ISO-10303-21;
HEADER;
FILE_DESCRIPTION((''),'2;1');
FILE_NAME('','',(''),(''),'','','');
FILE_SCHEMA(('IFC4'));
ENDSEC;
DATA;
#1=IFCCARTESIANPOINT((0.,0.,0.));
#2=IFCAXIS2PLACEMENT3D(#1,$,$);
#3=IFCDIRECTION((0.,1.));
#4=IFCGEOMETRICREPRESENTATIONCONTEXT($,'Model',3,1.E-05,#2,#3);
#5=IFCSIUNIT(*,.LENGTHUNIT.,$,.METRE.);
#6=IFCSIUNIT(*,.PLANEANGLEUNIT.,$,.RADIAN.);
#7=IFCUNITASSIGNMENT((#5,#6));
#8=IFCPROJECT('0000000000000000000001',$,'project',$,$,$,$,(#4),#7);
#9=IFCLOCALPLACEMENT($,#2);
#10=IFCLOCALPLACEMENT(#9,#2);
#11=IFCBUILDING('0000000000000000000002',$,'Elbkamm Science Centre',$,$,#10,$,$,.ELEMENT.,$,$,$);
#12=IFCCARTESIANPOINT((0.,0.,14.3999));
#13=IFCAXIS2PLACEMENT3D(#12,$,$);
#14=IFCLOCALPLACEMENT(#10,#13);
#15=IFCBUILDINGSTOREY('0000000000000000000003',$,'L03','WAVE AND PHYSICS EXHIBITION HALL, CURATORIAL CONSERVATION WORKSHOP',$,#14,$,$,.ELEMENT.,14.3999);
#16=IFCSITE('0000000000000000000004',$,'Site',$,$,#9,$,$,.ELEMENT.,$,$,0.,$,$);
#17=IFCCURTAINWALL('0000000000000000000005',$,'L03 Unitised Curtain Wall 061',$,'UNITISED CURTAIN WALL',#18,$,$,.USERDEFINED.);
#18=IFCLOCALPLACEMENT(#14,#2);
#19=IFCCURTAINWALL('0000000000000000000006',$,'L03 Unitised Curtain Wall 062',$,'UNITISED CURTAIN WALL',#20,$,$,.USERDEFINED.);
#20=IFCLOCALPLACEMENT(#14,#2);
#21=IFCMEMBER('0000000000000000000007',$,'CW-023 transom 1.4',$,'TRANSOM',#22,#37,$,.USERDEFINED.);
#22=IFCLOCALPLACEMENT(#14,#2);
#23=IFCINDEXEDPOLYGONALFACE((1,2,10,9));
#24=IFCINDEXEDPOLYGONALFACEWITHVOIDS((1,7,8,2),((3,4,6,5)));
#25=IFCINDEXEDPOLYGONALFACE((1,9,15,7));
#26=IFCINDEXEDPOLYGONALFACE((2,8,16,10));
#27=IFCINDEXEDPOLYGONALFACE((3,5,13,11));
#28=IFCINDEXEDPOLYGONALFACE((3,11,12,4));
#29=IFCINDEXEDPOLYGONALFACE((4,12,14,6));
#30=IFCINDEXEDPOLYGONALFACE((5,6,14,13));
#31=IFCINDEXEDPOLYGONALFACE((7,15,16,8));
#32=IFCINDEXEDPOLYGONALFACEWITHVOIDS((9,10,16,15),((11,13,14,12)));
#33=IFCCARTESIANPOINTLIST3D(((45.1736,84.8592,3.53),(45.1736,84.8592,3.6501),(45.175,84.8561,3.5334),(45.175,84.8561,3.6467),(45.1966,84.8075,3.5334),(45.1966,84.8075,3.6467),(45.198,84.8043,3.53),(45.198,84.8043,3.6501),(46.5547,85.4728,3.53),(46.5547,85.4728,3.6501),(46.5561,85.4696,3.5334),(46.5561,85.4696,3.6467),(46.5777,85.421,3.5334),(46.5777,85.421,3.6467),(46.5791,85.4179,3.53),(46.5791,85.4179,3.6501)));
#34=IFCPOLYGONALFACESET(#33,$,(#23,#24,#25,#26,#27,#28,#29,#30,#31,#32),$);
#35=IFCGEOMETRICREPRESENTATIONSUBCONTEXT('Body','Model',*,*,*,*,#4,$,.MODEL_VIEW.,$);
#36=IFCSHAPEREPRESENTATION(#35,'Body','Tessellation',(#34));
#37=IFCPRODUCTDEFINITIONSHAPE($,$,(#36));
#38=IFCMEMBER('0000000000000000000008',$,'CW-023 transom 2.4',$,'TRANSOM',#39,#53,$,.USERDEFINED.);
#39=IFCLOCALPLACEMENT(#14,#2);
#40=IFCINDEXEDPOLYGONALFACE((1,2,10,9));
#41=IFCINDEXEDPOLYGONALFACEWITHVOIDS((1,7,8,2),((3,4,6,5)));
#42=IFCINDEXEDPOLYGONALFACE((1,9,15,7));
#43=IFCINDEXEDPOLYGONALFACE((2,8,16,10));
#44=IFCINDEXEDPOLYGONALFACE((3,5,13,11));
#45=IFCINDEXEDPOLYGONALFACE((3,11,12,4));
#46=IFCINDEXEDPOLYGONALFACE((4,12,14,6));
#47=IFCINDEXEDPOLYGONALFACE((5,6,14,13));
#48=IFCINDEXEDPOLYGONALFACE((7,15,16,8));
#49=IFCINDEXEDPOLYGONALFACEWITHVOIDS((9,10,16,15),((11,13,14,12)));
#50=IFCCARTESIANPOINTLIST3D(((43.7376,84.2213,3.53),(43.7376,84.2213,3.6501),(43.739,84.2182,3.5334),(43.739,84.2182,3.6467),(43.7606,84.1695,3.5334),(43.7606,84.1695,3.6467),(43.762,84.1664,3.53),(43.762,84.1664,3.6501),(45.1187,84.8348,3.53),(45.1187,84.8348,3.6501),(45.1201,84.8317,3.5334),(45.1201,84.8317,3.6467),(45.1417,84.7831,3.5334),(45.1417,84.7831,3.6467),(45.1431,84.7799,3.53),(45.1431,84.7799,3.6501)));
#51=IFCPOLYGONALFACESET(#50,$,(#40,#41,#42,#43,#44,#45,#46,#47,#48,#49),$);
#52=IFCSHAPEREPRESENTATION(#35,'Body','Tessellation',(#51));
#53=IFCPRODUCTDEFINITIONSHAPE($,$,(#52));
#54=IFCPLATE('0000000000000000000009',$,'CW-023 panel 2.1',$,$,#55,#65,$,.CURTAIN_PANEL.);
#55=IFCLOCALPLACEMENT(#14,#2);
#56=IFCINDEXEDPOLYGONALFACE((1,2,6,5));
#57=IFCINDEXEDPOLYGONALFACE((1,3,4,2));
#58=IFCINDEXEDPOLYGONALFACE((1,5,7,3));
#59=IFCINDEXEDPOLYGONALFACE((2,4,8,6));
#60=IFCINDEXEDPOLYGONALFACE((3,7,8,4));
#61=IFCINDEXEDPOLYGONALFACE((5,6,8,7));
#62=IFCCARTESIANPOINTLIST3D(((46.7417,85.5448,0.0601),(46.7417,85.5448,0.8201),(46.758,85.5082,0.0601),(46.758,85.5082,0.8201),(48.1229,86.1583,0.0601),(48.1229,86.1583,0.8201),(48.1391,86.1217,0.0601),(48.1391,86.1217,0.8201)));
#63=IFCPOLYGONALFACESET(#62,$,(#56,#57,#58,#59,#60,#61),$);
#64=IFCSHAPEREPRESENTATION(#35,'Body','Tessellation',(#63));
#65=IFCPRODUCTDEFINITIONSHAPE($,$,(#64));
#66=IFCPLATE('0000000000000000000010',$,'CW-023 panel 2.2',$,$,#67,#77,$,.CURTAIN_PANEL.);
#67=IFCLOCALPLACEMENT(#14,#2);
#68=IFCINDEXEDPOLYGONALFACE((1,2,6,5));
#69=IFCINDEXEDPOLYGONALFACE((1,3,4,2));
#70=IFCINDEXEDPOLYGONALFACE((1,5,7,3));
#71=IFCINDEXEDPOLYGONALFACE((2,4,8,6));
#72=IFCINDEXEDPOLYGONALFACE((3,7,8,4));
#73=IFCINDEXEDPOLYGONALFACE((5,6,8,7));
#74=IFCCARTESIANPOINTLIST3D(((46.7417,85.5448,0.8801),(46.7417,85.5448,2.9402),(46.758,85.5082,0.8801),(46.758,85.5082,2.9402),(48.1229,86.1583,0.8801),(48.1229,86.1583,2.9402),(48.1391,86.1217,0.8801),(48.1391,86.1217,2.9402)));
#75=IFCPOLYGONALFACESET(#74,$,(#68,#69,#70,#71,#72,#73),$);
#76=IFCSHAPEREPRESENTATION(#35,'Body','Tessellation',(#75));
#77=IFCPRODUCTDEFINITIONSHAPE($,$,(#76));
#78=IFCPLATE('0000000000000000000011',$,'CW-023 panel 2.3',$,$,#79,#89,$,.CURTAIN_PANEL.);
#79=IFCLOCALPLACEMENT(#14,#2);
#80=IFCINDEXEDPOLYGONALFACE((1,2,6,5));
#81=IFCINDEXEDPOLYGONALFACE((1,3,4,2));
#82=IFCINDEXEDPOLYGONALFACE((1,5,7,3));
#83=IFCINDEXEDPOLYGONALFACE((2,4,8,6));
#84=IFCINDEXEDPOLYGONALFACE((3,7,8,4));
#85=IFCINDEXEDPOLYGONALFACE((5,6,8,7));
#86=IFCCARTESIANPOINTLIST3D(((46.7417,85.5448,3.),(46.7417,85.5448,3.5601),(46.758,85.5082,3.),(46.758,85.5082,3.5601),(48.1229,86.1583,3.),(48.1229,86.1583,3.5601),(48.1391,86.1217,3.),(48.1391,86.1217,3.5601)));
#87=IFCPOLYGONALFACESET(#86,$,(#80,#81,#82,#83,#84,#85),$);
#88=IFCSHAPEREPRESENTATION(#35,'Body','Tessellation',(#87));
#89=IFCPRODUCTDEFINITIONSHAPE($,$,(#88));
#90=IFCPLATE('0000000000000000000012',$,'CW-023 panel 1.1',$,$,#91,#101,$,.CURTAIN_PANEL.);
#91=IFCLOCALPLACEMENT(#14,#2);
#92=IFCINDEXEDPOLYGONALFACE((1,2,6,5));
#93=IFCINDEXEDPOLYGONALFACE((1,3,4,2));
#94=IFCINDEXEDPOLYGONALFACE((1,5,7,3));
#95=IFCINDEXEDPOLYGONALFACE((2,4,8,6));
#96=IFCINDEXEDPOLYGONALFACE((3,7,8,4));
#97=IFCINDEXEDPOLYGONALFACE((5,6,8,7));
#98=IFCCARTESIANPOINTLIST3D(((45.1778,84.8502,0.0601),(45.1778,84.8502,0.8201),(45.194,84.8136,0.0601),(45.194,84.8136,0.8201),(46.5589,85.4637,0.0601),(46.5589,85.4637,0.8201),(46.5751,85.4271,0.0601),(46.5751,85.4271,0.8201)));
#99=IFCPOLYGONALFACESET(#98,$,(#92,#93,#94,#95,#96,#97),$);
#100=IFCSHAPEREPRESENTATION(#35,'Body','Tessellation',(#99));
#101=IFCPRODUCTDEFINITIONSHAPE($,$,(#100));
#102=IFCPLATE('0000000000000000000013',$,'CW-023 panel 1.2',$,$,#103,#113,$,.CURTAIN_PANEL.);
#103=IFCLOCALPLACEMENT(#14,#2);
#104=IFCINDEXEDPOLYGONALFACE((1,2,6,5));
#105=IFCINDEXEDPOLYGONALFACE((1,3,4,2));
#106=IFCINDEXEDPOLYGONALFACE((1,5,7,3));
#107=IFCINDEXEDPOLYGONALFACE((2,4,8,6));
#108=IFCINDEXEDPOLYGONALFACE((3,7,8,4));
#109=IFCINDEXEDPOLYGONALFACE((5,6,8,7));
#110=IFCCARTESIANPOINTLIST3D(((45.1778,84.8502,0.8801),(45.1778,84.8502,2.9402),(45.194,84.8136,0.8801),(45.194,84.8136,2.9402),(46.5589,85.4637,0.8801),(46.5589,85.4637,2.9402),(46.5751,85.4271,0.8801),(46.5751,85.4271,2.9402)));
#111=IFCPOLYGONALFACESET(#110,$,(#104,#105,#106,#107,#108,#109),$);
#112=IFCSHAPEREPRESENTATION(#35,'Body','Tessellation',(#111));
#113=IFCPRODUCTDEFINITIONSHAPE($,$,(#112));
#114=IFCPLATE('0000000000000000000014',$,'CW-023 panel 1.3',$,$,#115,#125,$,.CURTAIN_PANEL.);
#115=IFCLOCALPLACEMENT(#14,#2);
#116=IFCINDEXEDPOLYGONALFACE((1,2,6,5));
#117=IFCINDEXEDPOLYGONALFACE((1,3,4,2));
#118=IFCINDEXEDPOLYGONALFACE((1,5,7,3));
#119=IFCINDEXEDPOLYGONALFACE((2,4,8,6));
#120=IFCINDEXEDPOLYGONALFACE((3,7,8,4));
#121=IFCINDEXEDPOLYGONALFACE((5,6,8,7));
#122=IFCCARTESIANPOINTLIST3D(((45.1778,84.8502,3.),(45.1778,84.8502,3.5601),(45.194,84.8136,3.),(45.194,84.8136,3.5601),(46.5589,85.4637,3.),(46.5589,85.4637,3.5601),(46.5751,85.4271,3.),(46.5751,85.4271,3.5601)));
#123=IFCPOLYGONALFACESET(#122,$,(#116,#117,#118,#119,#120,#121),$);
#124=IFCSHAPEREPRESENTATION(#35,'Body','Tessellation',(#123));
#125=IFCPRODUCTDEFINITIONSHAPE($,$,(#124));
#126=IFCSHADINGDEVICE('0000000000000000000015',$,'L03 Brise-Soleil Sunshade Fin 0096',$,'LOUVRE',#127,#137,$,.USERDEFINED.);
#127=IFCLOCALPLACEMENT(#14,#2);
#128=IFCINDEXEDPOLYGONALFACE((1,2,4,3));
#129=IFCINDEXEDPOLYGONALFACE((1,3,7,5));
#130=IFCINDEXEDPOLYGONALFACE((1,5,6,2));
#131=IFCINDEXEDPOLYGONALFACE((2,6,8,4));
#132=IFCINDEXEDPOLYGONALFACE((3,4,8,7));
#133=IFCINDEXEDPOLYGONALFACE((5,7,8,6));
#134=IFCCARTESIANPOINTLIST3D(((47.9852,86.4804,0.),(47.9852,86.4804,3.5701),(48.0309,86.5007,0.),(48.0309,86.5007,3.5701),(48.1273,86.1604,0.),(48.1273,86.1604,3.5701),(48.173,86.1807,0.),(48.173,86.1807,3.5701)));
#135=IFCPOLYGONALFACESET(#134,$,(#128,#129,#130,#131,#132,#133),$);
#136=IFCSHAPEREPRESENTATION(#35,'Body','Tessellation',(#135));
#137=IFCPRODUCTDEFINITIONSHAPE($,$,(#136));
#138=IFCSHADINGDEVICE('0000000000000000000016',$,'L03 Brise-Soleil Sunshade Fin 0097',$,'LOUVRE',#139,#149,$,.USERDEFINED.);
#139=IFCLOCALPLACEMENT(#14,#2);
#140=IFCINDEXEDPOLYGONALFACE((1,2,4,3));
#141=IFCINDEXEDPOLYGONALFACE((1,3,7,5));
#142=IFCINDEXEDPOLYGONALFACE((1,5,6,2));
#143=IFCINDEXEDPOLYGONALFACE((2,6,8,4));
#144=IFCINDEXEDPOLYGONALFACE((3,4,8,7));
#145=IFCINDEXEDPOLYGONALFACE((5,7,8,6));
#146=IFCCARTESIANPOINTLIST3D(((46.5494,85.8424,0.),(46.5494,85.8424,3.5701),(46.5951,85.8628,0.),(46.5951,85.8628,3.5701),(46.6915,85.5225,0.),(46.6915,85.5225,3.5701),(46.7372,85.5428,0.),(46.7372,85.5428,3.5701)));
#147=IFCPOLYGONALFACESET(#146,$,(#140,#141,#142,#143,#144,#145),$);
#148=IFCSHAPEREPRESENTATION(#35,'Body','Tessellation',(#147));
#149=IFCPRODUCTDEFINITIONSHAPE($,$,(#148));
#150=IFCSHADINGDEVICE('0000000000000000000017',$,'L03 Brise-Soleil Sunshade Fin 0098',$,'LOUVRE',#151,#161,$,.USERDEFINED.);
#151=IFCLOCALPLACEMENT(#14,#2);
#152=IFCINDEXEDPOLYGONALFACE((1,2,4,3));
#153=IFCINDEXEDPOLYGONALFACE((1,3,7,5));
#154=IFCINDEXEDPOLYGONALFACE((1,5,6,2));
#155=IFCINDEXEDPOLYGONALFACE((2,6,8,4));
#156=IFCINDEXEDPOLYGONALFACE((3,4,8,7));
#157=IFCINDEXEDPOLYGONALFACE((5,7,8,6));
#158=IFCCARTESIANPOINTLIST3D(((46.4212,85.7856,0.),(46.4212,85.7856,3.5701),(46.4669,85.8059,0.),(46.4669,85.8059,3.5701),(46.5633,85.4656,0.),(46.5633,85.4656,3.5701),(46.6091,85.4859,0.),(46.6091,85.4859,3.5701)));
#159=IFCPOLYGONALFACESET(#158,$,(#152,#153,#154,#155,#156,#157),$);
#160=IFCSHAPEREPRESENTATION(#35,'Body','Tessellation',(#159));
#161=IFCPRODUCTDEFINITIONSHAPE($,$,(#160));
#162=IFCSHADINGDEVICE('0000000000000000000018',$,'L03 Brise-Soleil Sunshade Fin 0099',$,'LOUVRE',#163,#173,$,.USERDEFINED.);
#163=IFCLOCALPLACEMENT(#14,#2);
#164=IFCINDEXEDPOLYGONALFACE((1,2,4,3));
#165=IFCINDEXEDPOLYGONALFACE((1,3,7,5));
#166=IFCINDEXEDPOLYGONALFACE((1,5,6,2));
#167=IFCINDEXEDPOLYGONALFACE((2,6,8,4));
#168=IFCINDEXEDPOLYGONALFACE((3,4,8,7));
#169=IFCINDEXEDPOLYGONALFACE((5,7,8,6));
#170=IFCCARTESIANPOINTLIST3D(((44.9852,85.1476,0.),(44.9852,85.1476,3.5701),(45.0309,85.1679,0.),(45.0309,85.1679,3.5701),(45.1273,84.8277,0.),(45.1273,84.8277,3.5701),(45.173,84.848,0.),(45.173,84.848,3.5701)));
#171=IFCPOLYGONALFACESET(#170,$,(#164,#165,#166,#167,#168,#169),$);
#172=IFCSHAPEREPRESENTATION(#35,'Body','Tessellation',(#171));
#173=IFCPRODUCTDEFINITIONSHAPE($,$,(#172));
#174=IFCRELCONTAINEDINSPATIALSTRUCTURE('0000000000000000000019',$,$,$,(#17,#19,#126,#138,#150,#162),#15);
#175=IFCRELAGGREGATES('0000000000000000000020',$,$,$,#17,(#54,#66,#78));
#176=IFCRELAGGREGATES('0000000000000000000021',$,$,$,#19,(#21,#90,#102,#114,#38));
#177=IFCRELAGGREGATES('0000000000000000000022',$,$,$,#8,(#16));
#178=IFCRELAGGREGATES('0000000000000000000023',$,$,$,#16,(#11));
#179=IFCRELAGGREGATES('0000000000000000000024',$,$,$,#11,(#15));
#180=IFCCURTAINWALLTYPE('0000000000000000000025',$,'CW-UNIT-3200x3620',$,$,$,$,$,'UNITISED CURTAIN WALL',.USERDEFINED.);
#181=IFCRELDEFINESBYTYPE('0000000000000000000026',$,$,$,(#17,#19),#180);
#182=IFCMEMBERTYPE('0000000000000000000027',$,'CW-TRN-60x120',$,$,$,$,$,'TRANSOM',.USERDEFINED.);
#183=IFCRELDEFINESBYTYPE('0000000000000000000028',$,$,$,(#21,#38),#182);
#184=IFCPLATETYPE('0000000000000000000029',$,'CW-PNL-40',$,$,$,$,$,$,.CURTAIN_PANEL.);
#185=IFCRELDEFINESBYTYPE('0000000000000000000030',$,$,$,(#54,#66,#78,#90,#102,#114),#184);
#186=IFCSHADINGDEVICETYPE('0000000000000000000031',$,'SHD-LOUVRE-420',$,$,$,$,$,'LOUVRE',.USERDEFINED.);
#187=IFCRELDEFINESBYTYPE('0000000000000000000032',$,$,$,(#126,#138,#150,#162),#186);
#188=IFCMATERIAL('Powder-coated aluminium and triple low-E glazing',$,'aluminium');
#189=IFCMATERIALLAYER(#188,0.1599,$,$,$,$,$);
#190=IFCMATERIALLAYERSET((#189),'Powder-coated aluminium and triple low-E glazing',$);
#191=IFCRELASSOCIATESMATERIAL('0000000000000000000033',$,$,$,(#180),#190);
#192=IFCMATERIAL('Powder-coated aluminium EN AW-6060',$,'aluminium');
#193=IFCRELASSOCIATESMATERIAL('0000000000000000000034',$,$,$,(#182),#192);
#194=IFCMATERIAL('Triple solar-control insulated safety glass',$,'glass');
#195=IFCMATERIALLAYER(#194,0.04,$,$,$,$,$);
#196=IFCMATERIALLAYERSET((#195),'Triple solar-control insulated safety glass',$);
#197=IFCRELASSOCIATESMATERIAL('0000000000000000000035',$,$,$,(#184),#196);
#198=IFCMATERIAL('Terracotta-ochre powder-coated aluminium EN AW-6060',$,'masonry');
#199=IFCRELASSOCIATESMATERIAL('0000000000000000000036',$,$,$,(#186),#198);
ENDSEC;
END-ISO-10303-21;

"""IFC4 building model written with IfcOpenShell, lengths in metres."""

from ifc_helpers import new_model, si_unit, direction, frame, origin, origin_2d, place, context, subcontext, project, spatial, rectangle, hollow_rectangle, extrude, material, layer, layer_set, material_profile, profile_set, type_object, element, aggregate, save


model = new_model("IFC4")

# Units and contexts
model_context = context("Model", 3, precision=1e-05, world=origin(), true_north=direction((0.0, 1.0)))
body_context = subcontext(model_context, "Body", "Model", "MODEL_VIEW")
ifc_project = project(units=[si_unit("LENGTHUNIT", "METRE"), si_unit("PLANEANGLEUNIT", "RADIAN")], contexts=[model_context])

# Site, building, storey
site_placement = place(None, origin())
site = spatial("IfcSite", under=ifc_project, at=site_placement, Name="Site", CompositionType="ELEMENT", RefElevation=0.0)
building_placement = place(site_placement, origin())
building = spatial("IfcBuilding", under=site, at=building_placement, Name="Elbkamm Science Centre", CompositionType="ELEMENT")
storey_placement = place(building_placement, frame((0.0, 0.0, 14.3999)))
storey = spatial("IfcBuildingStorey", under=building, at=storey_placement, Name="L03", Description="WAVE AND PHYSICS EXHIBITION HALL, CURATORIAL CONSERVATION WORKSHOP", CompositionType="ELEMENT", Elevation=14.3999)

# Curtain walls
ifc_material_1 = material(Name="Powder-coated aluminium and triple low-E glazing", Category="aluminium")
ifc_layer_1 = layer(ifc_material_1, 0.1599)
ifc_layer_set_1 = layer_set([ifc_layer_1], Name="Powder-coated aluminium and triple low-E glazing")
curtain_wall_type = type_object("IfcCurtainWallType", Name="CW-UNIT-3200x3620", ElementType="UNITISED CURTAIN WALL", PredefinedType="USERDEFINED", material=ifc_layer_set_1)
curtain_wall_1_placement = place(storey_placement, origin())
curtain_wall_1 = element("IfcCurtainWall", 1, at=curtain_wall_1_placement, inside=storey, type_object=curtain_wall_type, Name="L03 Unitised Curtain Wall 061", ObjectType="UNITISED CURTAIN WALL", PredefinedType="USERDEFINED")
ifc_material_2 = material(Name="Powder-coated aluminium EN AW-6060", Category="aluminium")
curtain_wall_2_placement = place(storey_placement, origin())
curtain_wall_2 = element("IfcCurtainWall", 2, at=curtain_wall_2_placement, inside=storey, type_object=curtain_wall_type, Name="L03 Unitised Curtain Wall 062", ObjectType="UNITISED CURTAIN WALL", PredefinedType="USERDEFINED")

# Members
ifc_material_profile_1 = material_profile(ifc_material_2, hollow_rectangle(XDim=0.0601, YDim=0.1201, WallThickness=0.0034, at=origin_2d()), Name="ALU T60x120")
ifc_profile_set_1 = profile_set([ifc_material_profile_1], Name="Powder-coated aluminium EN AW-6060")
member_type_1 = type_object("IfcMemberType", Name="CW-TRN-60x120", ElementType="TRANSOM", PredefinedType="USERDEFINED", material=ifc_profile_set_1)
member_1_placement = place(storey_placement, frame((46.5669, 85.4453, 3.5901), z_axis=(-0.913885, -0.405974, 0.0), x_axis=(0.405974, -0.913885, 0.0)))
member_1 = element("IfcMember", 3, at=member_1_placement, type_object=member_type_1, Name="CW-023 transom 1.4", ObjectType="TRANSOM", PredefinedType="USERDEFINED", context=body_context, shape_type="SweptSolid", body=[
    extrude(hollow_rectangle(XDim=0.0601, YDim=0.1201, WallThickness=0.0034, at=origin_2d()), origin(), (0.0, 0.0, 1.0), 1.5112),
])
member_2_placement = place(storey_placement, frame((45.1309, 84.8074, 3.5901), z_axis=(-0.913885, -0.405974, 0.0), x_axis=(0.405974, -0.913885, 0.0)))
member_2 = element("IfcMember", 4, at=member_2_placement, type_object=member_type_1, Name="CW-023 transom 2.4", ObjectType="TRANSOM", PredefinedType="USERDEFINED", context=body_context, shape_type="SweptSolid", body=[
    extrude(hollow_rectangle(XDim=0.0601, YDim=0.1201, WallThickness=0.0034, at=origin_2d()), origin(), (0.0, 0.0, 1.0), 1.5112),
])

# Plates
ifc_material_3 = material(Name="Triple solar-control insulated safety glass", Category="glass")
ifc_layer_2 = layer(ifc_material_3, 0.04)
ifc_layer_set_2 = layer_set([ifc_layer_2], Name="Triple solar-control insulated safety glass")
plate_type = type_object("IfcPlateType", Name="CW-PNL-40", PredefinedType="CURTAIN_PANEL", material=ifc_layer_set_2)
plate_1_placement = place(storey_placement, frame((47.4404, 85.8333, 0.0601), z_axis=(0.0, 0.0, 1.0), x_axis=(-0.913898, -0.405944, 0.0)))
plate_1 = element("IfcPlate", 5, at=plate_1_placement, type_object=plate_type, Name="CW-023 panel 2.1", PredefinedType="CURTAIN_PANEL", context=body_context, shape_type="SweptSolid", body=[
    extrude(rectangle(XDim=1.5112, YDim=0.04, at=origin_2d()), origin(), (0.0, 0.0, 1.0), 0.76),
])
plate_2_placement = place(storey_placement, frame((47.4404, 85.8333, 0.8801), z_axis=(0.0, 0.0, 1.0), x_axis=(-0.913898, -0.405944, 0.0)))
plate_2 = element("IfcPlate", 6, at=plate_2_placement, type_object=plate_type, Name="CW-023 panel 2.2", PredefinedType="CURTAIN_PANEL", context=body_context, shape_type="SweptSolid", body=[
    extrude(rectangle(XDim=1.5112, YDim=0.04, at=origin_2d()), origin(), (0.0, 0.0, 1.0), 2.0601),
])
plate_3_placement = place(storey_placement, frame((47.4404, 85.8333, 3.0), z_axis=(0.0, 0.0, 1.0), x_axis=(-0.913898, -0.405944, 0.0)))
plate_3 = element("IfcPlate", 7, at=plate_3_placement, type_object=plate_type, Name="CW-023 panel 2.3", PredefinedType="CURTAIN_PANEL", context=body_context, shape_type="SweptSolid", body=[
    extrude(rectangle(XDim=1.5112, YDim=0.04, at=origin_2d()), origin(), (0.0, 0.0, 1.0), 0.5601),
])
aggregate(curtain_wall_1, [plate_1, plate_2, plate_3])
plate_4_placement = place(storey_placement, frame((45.8765, 85.1387, 0.0601), z_axis=(0.0, 0.0, 1.0), x_axis=(-0.913898, -0.405944, 0.0)))
plate_4 = element("IfcPlate", 8, at=plate_4_placement, type_object=plate_type, Name="CW-023 panel 1.1", PredefinedType="CURTAIN_PANEL", context=body_context, shape_type="SweptSolid", body=[
    extrude(rectangle(XDim=1.5112, YDim=0.04, at=origin_2d()), origin(), (0.0, 0.0, 1.0), 0.76),
])
plate_5_placement = place(storey_placement, frame((45.8765, 85.1387, 0.8801), z_axis=(0.0, 0.0, 1.0), x_axis=(-0.913898, -0.405944, 0.0)))
plate_5 = element("IfcPlate", 9, at=plate_5_placement, type_object=plate_type, Name="CW-023 panel 1.2", PredefinedType="CURTAIN_PANEL", context=body_context, shape_type="SweptSolid", body=[
    extrude(rectangle(XDim=1.5112, YDim=0.04, at=origin_2d()), origin(), (0.0, 0.0, 1.0), 2.0601),
])
plate_6_placement = place(storey_placement, frame((45.8765, 85.1387, 3.0), z_axis=(0.0, 0.0, 1.0), x_axis=(-0.913898, -0.405944, 0.0)))
plate_6 = element("IfcPlate", 10, at=plate_6_placement, type_object=plate_type, Name="CW-023 panel 1.3", PredefinedType="CURTAIN_PANEL", context=body_context, shape_type="SweptSolid", body=[
    extrude(rectangle(XDim=1.5112, YDim=0.04, at=origin_2d()), origin(), (0.0, 0.0, 1.0), 0.5601),
])
aggregate(curtain_wall_2, [member_1, plate_4, plate_5, plate_6, member_2])

# Shading devices
ifc_material_4 = material(Name="Terracotta-ochre powder-coated aluminium EN AW-6060", Category="masonry")
shading_device_type = type_object("IfcShadingDeviceType", Name="SHD-LOUVRE-420", ElementType="LOUVRE", PredefinedType="USERDEFINED", material=ifc_material_4)
for number, where, z_axis, x_axis, name in (
    (11, (48.0791, 86.3306, 0.0), (0.0, 0.0, 1.0), (-0.405944, 0.913898, 0.0), "L03 Brise-Soleil Sunshade Fin 0096"),
    (12, (46.6433, 85.6926, 0.0), (0.0, 0.0, 1.0), (-0.405944, 0.913898, 0.0), "L03 Brise-Soleil Sunshade Fin 0097"),
    (13, (46.5151, 85.6357, 0.0), (0.0, 0.0, 1.0), (-0.405944, 0.913898, 0.0), "L03 Brise-Soleil Sunshade Fin 0098"),
    (14, (45.0791, 84.9978, 0.0), (0.0, 0.0, 1.0), (-0.405944, 0.913898, 0.0), "L03 Brise-Soleil Sunshade Fin 0099"),
):
    element("IfcShadingDevice", number, at=place(storey_placement, frame(where, z_axis=z_axis, x_axis=x_axis)), inside=storey, type_object=shading_device_type, Name=name, ObjectType="LOUVRE", PredefinedType="USERDEFINED", context=body_context, shape_type="SweptSolid", body=[
        extrude(rectangle(XDim=0.3501, YDim=0.05, at=origin_2d()), origin(), (0.0, 0.0, 1.0), 3.5701),
    ])

save(model, "model.ifc")
